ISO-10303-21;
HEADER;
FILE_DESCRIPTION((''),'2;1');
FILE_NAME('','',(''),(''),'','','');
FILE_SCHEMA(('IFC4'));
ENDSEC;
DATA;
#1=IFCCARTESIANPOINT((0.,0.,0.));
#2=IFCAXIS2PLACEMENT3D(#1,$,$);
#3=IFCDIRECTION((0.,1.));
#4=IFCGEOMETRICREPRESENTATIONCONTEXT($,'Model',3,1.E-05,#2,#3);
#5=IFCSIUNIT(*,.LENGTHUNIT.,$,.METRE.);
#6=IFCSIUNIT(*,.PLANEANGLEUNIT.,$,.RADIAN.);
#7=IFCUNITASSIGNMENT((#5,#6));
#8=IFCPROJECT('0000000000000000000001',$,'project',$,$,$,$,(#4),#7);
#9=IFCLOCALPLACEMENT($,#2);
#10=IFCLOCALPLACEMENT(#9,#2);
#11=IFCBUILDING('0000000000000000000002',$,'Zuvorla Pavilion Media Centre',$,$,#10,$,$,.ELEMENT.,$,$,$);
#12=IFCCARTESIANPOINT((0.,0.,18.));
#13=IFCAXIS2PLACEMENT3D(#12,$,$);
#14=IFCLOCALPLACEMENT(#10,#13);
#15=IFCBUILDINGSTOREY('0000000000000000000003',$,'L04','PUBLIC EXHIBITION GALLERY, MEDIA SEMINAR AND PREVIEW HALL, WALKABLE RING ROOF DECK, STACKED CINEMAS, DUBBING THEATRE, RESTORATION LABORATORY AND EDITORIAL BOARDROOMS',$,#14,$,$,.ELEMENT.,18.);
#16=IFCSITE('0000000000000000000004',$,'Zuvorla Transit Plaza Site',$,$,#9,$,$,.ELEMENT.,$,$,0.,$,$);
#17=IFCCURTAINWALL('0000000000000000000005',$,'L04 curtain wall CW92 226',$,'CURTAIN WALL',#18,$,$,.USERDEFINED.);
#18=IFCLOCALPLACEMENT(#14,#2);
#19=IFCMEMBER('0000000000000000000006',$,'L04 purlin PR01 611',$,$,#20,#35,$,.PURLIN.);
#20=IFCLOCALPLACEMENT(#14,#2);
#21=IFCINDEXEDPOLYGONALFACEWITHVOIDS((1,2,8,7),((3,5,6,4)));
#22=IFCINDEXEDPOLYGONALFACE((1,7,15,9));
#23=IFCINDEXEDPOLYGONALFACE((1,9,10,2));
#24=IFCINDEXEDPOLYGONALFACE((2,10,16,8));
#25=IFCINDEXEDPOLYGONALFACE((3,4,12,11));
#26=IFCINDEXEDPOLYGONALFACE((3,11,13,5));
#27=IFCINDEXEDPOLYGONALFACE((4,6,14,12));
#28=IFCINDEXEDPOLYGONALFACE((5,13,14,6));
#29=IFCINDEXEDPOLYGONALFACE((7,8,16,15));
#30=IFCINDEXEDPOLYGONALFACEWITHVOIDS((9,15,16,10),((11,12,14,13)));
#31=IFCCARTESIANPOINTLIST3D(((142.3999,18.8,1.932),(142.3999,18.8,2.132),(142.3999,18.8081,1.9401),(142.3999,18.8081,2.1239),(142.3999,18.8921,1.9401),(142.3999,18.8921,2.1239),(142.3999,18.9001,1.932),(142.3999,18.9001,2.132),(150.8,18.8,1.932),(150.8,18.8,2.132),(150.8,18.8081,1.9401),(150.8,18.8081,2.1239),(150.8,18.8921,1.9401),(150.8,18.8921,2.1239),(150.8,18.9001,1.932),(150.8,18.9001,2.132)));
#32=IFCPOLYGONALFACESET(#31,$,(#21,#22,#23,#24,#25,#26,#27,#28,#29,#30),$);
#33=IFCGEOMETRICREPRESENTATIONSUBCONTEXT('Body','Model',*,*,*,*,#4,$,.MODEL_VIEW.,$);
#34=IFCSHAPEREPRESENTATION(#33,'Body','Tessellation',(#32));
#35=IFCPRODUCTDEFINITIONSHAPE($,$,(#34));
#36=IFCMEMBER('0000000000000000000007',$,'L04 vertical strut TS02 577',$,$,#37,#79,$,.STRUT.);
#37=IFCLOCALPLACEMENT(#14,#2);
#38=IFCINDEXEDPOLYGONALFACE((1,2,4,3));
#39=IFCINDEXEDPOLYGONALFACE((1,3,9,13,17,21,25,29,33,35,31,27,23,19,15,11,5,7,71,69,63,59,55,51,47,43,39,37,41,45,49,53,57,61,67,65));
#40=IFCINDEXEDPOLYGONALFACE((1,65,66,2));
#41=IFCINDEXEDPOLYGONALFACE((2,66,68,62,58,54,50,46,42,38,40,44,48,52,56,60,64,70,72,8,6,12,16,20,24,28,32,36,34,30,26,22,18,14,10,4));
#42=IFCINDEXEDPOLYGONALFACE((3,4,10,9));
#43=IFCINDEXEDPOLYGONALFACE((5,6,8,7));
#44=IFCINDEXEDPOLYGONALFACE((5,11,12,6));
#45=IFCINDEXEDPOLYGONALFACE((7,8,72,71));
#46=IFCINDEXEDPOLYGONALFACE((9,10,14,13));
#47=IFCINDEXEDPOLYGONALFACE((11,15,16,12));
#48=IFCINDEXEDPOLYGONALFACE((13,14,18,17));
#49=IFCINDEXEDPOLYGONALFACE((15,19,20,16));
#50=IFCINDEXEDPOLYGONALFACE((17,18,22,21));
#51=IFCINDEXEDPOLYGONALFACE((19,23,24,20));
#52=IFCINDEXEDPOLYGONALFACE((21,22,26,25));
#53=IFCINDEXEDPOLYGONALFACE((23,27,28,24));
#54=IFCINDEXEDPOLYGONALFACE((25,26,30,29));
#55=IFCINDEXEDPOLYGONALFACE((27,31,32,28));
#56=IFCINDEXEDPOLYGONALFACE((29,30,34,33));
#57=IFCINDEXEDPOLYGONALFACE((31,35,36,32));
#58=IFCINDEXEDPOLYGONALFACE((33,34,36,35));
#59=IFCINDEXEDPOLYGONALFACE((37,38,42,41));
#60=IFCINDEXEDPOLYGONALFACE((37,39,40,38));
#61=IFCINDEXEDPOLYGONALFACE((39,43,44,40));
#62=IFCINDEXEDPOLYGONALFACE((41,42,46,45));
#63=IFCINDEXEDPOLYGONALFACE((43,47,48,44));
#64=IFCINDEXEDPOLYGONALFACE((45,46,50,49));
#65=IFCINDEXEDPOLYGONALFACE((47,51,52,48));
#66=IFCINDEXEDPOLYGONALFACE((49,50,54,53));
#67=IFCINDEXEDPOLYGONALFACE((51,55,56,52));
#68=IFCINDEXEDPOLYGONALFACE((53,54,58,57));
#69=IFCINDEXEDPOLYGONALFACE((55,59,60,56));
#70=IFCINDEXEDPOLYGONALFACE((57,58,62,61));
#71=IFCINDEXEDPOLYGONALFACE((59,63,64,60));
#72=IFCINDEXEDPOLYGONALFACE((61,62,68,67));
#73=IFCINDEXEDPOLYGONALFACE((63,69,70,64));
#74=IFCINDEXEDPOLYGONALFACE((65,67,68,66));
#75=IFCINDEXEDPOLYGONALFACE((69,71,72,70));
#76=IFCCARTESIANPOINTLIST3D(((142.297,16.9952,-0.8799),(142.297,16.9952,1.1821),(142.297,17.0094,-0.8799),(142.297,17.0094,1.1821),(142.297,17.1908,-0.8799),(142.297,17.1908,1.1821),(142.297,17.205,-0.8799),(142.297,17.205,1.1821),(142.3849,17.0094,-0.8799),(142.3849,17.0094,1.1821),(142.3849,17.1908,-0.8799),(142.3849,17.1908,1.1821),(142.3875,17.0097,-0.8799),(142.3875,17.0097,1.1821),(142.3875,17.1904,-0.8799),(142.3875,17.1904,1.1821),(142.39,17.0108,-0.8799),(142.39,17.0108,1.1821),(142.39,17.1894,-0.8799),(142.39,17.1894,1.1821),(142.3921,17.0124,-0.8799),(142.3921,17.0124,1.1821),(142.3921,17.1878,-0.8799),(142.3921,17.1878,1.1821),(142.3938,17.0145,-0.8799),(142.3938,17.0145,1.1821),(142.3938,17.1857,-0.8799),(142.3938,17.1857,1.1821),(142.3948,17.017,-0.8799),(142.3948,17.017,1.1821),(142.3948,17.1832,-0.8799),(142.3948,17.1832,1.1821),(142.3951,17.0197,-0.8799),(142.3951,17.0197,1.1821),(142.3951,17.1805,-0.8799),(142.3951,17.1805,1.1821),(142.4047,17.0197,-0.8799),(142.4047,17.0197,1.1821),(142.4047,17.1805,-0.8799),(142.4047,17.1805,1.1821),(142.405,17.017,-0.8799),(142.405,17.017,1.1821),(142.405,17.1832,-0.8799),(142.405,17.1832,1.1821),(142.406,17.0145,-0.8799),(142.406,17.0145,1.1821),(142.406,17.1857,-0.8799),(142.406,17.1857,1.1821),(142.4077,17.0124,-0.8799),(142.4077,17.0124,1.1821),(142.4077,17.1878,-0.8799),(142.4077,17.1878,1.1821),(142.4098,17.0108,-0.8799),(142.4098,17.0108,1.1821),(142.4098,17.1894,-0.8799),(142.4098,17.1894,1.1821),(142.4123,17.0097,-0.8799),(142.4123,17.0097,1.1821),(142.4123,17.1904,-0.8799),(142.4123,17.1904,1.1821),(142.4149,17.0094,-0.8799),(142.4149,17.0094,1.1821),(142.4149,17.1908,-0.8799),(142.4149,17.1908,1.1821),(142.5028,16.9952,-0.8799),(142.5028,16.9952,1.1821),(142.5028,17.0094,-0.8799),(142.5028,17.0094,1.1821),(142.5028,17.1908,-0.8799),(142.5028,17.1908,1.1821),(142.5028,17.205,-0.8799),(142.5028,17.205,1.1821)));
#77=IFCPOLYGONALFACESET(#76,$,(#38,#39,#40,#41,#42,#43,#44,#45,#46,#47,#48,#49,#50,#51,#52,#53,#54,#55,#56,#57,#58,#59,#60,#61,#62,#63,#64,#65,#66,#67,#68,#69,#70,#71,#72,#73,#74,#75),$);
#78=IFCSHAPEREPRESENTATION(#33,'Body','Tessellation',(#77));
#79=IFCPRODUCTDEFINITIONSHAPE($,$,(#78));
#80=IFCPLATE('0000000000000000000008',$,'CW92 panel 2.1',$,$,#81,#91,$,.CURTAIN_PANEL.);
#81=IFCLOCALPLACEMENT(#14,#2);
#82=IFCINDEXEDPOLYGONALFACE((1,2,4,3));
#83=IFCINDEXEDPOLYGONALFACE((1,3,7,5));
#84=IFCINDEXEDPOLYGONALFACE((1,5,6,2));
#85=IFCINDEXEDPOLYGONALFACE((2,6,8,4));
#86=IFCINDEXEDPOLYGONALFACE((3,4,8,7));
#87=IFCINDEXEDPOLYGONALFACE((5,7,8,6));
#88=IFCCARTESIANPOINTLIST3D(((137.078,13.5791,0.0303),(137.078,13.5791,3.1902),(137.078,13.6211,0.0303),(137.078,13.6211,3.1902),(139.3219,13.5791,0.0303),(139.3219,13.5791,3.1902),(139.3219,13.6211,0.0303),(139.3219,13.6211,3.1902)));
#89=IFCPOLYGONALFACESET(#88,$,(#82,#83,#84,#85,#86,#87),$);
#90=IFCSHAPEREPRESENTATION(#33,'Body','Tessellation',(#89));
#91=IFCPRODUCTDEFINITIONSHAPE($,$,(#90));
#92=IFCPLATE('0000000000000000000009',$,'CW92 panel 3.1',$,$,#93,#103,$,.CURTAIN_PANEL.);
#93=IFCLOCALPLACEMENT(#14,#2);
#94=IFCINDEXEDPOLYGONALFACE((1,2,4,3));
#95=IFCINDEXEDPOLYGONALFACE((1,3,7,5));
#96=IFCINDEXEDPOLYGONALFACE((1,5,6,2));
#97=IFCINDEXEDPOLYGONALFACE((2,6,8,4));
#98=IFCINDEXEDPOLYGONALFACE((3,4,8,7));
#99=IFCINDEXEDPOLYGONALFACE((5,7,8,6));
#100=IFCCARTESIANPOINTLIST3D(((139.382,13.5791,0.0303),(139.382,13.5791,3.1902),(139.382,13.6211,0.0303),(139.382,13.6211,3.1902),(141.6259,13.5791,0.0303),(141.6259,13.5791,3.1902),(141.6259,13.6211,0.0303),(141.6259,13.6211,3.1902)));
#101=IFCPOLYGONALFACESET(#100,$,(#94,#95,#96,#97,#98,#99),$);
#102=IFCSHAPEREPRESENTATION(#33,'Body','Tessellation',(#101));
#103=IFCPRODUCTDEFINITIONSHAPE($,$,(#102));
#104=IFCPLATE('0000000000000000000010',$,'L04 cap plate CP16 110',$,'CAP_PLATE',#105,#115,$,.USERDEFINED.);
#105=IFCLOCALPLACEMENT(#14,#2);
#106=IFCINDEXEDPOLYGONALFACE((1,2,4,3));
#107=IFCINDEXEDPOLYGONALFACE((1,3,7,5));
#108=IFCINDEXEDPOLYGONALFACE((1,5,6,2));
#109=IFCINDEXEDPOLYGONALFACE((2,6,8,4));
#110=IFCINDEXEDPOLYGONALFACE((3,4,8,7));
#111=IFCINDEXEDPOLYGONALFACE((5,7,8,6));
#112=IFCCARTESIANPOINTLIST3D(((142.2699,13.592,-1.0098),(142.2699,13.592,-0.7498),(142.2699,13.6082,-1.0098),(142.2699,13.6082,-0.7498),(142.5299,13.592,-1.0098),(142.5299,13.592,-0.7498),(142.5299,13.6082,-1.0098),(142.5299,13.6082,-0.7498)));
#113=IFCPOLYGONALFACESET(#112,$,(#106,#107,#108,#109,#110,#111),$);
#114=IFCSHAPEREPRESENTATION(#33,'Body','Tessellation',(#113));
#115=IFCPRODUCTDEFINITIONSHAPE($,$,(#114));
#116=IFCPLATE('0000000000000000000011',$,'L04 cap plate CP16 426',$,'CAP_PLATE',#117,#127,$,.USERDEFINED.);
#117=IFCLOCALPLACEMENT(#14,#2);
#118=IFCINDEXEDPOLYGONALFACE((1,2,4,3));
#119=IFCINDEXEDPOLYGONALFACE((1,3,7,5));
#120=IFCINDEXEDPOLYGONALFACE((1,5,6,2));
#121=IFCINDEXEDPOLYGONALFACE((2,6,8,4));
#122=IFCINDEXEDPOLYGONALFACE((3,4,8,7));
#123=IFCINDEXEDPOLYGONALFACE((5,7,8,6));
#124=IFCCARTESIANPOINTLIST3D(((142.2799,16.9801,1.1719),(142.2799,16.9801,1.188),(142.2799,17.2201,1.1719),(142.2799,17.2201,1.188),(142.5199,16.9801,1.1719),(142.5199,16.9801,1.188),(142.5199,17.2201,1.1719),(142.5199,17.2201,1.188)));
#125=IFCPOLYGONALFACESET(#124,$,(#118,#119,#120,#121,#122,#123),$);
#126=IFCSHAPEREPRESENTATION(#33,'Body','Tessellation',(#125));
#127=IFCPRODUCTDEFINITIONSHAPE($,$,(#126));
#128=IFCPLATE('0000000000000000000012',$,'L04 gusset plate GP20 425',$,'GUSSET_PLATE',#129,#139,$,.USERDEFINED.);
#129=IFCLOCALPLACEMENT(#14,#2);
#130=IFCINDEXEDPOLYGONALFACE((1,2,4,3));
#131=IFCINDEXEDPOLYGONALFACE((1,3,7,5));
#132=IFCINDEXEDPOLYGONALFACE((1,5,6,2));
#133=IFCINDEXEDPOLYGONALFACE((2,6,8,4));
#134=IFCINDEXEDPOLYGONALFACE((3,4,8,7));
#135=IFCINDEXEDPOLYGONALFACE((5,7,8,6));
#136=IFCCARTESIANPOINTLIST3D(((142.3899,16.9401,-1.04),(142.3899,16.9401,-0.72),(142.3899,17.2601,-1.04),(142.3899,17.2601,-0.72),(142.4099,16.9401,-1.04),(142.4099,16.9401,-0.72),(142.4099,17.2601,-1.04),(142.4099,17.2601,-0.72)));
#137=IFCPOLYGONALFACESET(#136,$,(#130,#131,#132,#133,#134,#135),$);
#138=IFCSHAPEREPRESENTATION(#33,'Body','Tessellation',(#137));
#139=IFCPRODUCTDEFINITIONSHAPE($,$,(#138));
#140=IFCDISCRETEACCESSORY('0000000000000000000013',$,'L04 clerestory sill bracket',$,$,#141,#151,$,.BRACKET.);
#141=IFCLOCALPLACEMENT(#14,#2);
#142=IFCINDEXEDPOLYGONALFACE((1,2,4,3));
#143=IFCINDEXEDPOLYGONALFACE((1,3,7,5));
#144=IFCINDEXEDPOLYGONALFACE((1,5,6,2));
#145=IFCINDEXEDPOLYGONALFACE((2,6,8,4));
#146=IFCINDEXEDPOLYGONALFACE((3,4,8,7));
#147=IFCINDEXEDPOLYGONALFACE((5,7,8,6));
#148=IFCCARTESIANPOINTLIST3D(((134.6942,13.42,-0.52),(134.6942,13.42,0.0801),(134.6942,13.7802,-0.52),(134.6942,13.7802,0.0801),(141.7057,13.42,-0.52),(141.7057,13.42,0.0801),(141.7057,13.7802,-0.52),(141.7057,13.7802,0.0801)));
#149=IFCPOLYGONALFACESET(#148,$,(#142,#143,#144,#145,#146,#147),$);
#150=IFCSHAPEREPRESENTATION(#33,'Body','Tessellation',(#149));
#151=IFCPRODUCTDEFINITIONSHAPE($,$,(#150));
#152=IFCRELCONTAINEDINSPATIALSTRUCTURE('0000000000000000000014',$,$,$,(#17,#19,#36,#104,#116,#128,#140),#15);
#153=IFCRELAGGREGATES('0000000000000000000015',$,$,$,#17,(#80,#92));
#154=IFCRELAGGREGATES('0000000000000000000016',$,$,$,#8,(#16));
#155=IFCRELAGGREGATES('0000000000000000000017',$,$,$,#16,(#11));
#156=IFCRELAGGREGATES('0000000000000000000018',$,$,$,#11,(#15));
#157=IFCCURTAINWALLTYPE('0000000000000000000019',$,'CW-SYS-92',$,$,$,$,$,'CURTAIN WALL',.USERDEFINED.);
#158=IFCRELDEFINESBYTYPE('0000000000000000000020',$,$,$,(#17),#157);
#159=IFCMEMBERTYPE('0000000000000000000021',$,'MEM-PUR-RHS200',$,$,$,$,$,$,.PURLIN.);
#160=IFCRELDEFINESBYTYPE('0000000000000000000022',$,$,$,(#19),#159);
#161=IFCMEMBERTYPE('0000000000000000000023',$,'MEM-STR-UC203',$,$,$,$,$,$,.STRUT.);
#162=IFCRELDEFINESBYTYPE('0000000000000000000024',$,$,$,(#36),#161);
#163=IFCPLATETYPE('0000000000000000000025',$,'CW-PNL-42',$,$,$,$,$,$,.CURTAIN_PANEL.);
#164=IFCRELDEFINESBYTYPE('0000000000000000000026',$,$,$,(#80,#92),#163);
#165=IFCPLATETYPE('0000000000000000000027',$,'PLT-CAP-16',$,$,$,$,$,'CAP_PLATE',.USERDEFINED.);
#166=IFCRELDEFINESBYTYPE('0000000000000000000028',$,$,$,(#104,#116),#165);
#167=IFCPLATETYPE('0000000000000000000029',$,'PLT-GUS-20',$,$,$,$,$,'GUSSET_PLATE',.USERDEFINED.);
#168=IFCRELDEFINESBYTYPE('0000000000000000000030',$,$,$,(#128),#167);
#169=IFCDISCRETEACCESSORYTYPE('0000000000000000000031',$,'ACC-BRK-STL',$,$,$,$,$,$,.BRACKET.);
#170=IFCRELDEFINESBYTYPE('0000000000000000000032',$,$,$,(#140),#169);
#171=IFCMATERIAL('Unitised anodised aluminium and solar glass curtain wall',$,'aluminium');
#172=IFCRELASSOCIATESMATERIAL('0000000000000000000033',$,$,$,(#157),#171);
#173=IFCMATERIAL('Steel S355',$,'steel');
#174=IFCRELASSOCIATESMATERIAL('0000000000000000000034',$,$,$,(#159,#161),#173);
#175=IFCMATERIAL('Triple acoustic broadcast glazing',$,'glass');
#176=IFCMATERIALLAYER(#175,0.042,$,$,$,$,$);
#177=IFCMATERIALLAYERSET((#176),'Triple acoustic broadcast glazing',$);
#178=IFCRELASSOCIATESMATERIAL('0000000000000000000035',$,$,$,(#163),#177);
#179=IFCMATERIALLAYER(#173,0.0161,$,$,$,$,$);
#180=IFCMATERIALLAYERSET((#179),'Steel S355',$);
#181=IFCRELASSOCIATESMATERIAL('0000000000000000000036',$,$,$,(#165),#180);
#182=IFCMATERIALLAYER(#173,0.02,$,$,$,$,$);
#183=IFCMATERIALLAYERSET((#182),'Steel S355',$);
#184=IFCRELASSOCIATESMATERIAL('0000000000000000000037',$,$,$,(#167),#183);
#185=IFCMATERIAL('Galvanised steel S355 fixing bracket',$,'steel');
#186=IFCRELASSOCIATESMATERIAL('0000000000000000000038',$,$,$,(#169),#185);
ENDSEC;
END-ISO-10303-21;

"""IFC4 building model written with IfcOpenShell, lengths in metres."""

from ifc_helpers import new_model, si_unit, direction, frame, origin, origin_2d, place, context, subcontext, project, spatial, rectangle, hollow_rectangle, i_section, extrude, material, layer, layer_set, material_profile, profile_set, type_object, element, aggregate, save


model = new_model("IFC4")

# Units and contexts
model_context = context("Model", 3, precision=1e-05, world=origin(), true_north=direction((0.0, 1.0)))
body_context = subcontext(model_context, "Body", "Model", "MODEL_VIEW")
ifc_project = project(units=[si_unit("LENGTHUNIT", "METRE"), si_unit("PLANEANGLEUNIT", "RADIAN")], contexts=[model_context])

# Site, building, storey
site_placement = place(None, origin())
site = spatial("IfcSite", under=ifc_project, at=site_placement, Name="Zuvorla Transit Plaza Site", CompositionType="ELEMENT", RefElevation=0.0)
building_placement = place(site_placement, origin())
building = spatial("IfcBuilding", under=site, at=building_placement, Name="Zuvorla Pavilion Media Centre", CompositionType="ELEMENT")
storey_placement = place(building_placement, frame((0.0, 0.0, 18.0)))
storey = spatial("IfcBuildingStorey", under=building, at=storey_placement, Name="L04", Description="PUBLIC EXHIBITION GALLERY, MEDIA SEMINAR AND PREVIEW HALL, WALKABLE RING ROOF DECK, STACKED CINEMAS, DUBBING THEATRE, RESTORATION LABORATORY AND EDITORIAL BOARDROOMS", CompositionType="ELEMENT", Elevation=18.0)

# Curtain wall
ifc_material_1 = material(Name="Unitised anodised aluminium and solar glass curtain wall", Category="aluminium")
curtain_wall_type = type_object("IfcCurtainWallType", Name="CW-SYS-92", ElementType="CURTAIN WALL", PredefinedType="USERDEFINED", material=ifc_material_1)
curtain_wall_placement = place(storey_placement, origin())
curtain_wall = element("IfcCurtainWall", 1, at=curtain_wall_placement, inside=storey, type_object=curtain_wall_type, Name="L04 curtain wall CW92 226", ObjectType="CURTAIN WALL", PredefinedType="USERDEFINED")

# Members
ifc_material_2 = material(Name="Steel S355", Category="steel")
ifc_material_profile_1 = material_profile(ifc_material_2, hollow_rectangle(XDim=0.1001, YDim=0.2, WallThickness=0.0081, at=origin_2d()), Name="RHS 200x100x8")
ifc_profile_set_1 = profile_set([ifc_material_profile_1], Name="Steel S355")
member_type_1 = type_object("IfcMemberType", Name="MEM-PUR-RHS200", PredefinedType="PURLIN", material=ifc_profile_set_1)
for number, where, z_axis, x_axis, name in (
    (2, (142.3999, 18.8501, 2.032), (1.0, 0.0, 0.0), (0.0, 1.0, 0.0), "L04 purlin PR01 611"),
):
    element("IfcMember", number, at=place(storey_placement, frame(where, z_axis=z_axis, x_axis=x_axis)), inside=storey, type_object=member_type_1, Name=name, PredefinedType="PURLIN", context=body_context, shape_type="SweptSolid", body=[
        extrude(hollow_rectangle(XDim=0.1001, YDim=0.2, WallThickness=0.0081, at=origin_2d()), origin(), (0.0, 0.0, 1.0), 8.4001),
    ])
ifc_material_profile_2 = material_profile(ifc_material_2, i_section(OverallWidth=0.2058, OverallDepth=0.2097, WebThickness=0.0095, FlangeThickness=0.0142, FilletRadius=0.0103, at=origin_2d()), Name="UC 203x203x60")
ifc_profile_set_2 = profile_set([ifc_material_profile_2], Name="Steel S355")
member_type_2 = type_object("IfcMemberType", Name="MEM-STR-UC203", PredefinedType="STRUT", material=ifc_profile_set_2)
member_1_placement = place(storey_placement, frame((142.3999, 17.1001, -0.8799), z_axis=(0.0, 0.0, 1.0), x_axis=(1.0, 0.0, 0.0)))
element("IfcMember", 3, at=member_1_placement, inside=storey, type_object=member_type_2, Name="L04 vertical strut TS02 577", PredefinedType="STRUT", context=body_context, shape_type="SweptSolid", body=[
    extrude(i_section(OverallWidth=0.2058, OverallDepth=0.2097, WebThickness=0.0095, FlangeThickness=0.0142, FilletRadius=0.0103, at=origin_2d()), origin(), (0.0, 0.0, 1.0), 2.062),
])

# Plates
ifc_material_3 = material(Name="Triple acoustic broadcast glazing", Category="glass")
ifc_layer_1 = layer(ifc_material_3, 0.042)
ifc_layer_set_1 = layer_set([ifc_layer_1], Name="Triple acoustic broadcast glazing")
plate_type_1 = type_object("IfcPlateType", Name="CW-PNL-42", PredefinedType="CURTAIN_PANEL", material=ifc_layer_set_1)
plate_1_placement = place(storey_placement, frame((138.2, 13.6001, 0.0303), z_axis=(0.0, 0.0, 1.0), x_axis=(1.0, 0.0, 0.0)))
plate_1 = element("IfcPlate", 4, at=plate_1_placement, type_object=plate_type_1, Name="CW92 panel 2.1", PredefinedType="CURTAIN_PANEL", context=body_context, shape_type="SweptSolid", body=[
    extrude(rectangle(XDim=2.2439, YDim=0.042, at=origin_2d()), origin(), (0.0, 0.0, 1.0), 3.1599),
])
plate_2_placement = place(storey_placement, frame((140.5039, 13.6001, 0.0303), z_axis=(0.0, 0.0, 1.0), x_axis=(1.0, 0.0, 0.0)))
plate_2 = element("IfcPlate", 5, at=plate_2_placement, type_object=plate_type_1, Name="CW92 panel 3.1", PredefinedType="CURTAIN_PANEL", context=body_context, shape_type="SweptSolid", body=[
    extrude(rectangle(XDim=2.2439, YDim=0.042, at=origin_2d()), origin(), (0.0, 0.0, 1.0), 3.1599),
])
aggregate(curtain_wall, [plate_1, plate_2])

# Plates
ifc_layer_2 = layer(ifc_material_2, 0.0161)
ifc_layer_set_2 = layer_set([ifc_layer_2], Name="Steel S355")
plate_type_2 = type_object("IfcPlateType", Name="PLT-CAP-16", ElementType="CAP_PLATE", PredefinedType="USERDEFINED", material=ifc_layer_set_2)
plate_3_placement = place(storey_placement, frame((142.3999, 13.6001, -1.0098), z_axis=(0.0, 0.0, 1.0), x_axis=(1.0, 0.0, 0.0)))
element("IfcPlate", 6, at=plate_3_placement, inside=storey, type_object=plate_type_2, Name="L04 cap plate CP16 110", ObjectType="CAP_PLATE", PredefinedType="USERDEFINED", context=body_context, shape_type="SweptSolid", body=[
    extrude(rectangle(XDim=0.26, YDim=0.0161, at=origin_2d()), origin(), (0.0, 0.0, 1.0), 0.26),
])
plate_4_placement = place(storey_placement, frame((142.3999, 17.1001, 1.1719), z_axis=(0.0, 0.0, 1.0), x_axis=(1.0, 0.0, 0.0)))
element("IfcPlate", 7, at=plate_4_placement, inside=storey, type_object=plate_type_2, Name="L04 cap plate CP16 426", ObjectType="CAP_PLATE", PredefinedType="USERDEFINED", context=body_context, shape_type="SweptSolid", body=[
    extrude(rectangle(XDim=0.24, YDim=0.24, at=origin_2d()), origin(), (0.0, 0.0, 1.0), 0.0161),
])
ifc_layer_3 = layer(ifc_material_2, 0.02)
ifc_layer_set_3 = layer_set([ifc_layer_3], Name="Steel S355")
plate_type_3 = type_object("IfcPlateType", Name="PLT-GUS-20", ElementType="GUSSET_PLATE", PredefinedType="USERDEFINED", material=ifc_layer_set_3)
plate_5_placement = place(storey_placement, frame((142.3999, 17.1001, -1.04), z_axis=(0.0, 0.0, 1.0), x_axis=(1.0, 0.0, 0.0)))
element("IfcPlate", 8, at=plate_5_placement, inside=storey, type_object=plate_type_3, Name="L04 gusset plate GP20 425", ObjectType="GUSSET_PLATE", PredefinedType="USERDEFINED", context=body_context, shape_type="SweptSolid", body=[
    extrude(rectangle(XDim=0.02, YDim=0.3201, at=origin_2d()), origin(), (0.0, 0.0, 1.0), 0.3201),
])

# Discrete accessory
ifc_material_4 = material(Name="Galvanised steel S355 fixing bracket", Category="steel")
discrete_accessory_type = type_object("IfcDiscreteAccessoryType", Name="ACC-BRK-STL", PredefinedType="BRACKET", material=ifc_material_4)
discrete_accessory_placement = place(storey_placement, frame((138.2, 13.6001, -0.52), z_axis=(0.0, 0.0, 1.0), x_axis=(1.0, 0.0, 0.0)))
element("IfcDiscreteAccessory", 9, at=discrete_accessory_placement, inside=storey, type_object=discrete_accessory_type, Name="L04 clerestory sill bracket", PredefinedType="BRACKET", context=body_context, shape_type="SweptSolid", body=[
    extrude(rectangle(XDim=7.0115, YDim=0.3601, at=origin_2d()), origin(), (0.0, 0.0, 1.0), 0.6001),
])

save(model, "model.ifc")
